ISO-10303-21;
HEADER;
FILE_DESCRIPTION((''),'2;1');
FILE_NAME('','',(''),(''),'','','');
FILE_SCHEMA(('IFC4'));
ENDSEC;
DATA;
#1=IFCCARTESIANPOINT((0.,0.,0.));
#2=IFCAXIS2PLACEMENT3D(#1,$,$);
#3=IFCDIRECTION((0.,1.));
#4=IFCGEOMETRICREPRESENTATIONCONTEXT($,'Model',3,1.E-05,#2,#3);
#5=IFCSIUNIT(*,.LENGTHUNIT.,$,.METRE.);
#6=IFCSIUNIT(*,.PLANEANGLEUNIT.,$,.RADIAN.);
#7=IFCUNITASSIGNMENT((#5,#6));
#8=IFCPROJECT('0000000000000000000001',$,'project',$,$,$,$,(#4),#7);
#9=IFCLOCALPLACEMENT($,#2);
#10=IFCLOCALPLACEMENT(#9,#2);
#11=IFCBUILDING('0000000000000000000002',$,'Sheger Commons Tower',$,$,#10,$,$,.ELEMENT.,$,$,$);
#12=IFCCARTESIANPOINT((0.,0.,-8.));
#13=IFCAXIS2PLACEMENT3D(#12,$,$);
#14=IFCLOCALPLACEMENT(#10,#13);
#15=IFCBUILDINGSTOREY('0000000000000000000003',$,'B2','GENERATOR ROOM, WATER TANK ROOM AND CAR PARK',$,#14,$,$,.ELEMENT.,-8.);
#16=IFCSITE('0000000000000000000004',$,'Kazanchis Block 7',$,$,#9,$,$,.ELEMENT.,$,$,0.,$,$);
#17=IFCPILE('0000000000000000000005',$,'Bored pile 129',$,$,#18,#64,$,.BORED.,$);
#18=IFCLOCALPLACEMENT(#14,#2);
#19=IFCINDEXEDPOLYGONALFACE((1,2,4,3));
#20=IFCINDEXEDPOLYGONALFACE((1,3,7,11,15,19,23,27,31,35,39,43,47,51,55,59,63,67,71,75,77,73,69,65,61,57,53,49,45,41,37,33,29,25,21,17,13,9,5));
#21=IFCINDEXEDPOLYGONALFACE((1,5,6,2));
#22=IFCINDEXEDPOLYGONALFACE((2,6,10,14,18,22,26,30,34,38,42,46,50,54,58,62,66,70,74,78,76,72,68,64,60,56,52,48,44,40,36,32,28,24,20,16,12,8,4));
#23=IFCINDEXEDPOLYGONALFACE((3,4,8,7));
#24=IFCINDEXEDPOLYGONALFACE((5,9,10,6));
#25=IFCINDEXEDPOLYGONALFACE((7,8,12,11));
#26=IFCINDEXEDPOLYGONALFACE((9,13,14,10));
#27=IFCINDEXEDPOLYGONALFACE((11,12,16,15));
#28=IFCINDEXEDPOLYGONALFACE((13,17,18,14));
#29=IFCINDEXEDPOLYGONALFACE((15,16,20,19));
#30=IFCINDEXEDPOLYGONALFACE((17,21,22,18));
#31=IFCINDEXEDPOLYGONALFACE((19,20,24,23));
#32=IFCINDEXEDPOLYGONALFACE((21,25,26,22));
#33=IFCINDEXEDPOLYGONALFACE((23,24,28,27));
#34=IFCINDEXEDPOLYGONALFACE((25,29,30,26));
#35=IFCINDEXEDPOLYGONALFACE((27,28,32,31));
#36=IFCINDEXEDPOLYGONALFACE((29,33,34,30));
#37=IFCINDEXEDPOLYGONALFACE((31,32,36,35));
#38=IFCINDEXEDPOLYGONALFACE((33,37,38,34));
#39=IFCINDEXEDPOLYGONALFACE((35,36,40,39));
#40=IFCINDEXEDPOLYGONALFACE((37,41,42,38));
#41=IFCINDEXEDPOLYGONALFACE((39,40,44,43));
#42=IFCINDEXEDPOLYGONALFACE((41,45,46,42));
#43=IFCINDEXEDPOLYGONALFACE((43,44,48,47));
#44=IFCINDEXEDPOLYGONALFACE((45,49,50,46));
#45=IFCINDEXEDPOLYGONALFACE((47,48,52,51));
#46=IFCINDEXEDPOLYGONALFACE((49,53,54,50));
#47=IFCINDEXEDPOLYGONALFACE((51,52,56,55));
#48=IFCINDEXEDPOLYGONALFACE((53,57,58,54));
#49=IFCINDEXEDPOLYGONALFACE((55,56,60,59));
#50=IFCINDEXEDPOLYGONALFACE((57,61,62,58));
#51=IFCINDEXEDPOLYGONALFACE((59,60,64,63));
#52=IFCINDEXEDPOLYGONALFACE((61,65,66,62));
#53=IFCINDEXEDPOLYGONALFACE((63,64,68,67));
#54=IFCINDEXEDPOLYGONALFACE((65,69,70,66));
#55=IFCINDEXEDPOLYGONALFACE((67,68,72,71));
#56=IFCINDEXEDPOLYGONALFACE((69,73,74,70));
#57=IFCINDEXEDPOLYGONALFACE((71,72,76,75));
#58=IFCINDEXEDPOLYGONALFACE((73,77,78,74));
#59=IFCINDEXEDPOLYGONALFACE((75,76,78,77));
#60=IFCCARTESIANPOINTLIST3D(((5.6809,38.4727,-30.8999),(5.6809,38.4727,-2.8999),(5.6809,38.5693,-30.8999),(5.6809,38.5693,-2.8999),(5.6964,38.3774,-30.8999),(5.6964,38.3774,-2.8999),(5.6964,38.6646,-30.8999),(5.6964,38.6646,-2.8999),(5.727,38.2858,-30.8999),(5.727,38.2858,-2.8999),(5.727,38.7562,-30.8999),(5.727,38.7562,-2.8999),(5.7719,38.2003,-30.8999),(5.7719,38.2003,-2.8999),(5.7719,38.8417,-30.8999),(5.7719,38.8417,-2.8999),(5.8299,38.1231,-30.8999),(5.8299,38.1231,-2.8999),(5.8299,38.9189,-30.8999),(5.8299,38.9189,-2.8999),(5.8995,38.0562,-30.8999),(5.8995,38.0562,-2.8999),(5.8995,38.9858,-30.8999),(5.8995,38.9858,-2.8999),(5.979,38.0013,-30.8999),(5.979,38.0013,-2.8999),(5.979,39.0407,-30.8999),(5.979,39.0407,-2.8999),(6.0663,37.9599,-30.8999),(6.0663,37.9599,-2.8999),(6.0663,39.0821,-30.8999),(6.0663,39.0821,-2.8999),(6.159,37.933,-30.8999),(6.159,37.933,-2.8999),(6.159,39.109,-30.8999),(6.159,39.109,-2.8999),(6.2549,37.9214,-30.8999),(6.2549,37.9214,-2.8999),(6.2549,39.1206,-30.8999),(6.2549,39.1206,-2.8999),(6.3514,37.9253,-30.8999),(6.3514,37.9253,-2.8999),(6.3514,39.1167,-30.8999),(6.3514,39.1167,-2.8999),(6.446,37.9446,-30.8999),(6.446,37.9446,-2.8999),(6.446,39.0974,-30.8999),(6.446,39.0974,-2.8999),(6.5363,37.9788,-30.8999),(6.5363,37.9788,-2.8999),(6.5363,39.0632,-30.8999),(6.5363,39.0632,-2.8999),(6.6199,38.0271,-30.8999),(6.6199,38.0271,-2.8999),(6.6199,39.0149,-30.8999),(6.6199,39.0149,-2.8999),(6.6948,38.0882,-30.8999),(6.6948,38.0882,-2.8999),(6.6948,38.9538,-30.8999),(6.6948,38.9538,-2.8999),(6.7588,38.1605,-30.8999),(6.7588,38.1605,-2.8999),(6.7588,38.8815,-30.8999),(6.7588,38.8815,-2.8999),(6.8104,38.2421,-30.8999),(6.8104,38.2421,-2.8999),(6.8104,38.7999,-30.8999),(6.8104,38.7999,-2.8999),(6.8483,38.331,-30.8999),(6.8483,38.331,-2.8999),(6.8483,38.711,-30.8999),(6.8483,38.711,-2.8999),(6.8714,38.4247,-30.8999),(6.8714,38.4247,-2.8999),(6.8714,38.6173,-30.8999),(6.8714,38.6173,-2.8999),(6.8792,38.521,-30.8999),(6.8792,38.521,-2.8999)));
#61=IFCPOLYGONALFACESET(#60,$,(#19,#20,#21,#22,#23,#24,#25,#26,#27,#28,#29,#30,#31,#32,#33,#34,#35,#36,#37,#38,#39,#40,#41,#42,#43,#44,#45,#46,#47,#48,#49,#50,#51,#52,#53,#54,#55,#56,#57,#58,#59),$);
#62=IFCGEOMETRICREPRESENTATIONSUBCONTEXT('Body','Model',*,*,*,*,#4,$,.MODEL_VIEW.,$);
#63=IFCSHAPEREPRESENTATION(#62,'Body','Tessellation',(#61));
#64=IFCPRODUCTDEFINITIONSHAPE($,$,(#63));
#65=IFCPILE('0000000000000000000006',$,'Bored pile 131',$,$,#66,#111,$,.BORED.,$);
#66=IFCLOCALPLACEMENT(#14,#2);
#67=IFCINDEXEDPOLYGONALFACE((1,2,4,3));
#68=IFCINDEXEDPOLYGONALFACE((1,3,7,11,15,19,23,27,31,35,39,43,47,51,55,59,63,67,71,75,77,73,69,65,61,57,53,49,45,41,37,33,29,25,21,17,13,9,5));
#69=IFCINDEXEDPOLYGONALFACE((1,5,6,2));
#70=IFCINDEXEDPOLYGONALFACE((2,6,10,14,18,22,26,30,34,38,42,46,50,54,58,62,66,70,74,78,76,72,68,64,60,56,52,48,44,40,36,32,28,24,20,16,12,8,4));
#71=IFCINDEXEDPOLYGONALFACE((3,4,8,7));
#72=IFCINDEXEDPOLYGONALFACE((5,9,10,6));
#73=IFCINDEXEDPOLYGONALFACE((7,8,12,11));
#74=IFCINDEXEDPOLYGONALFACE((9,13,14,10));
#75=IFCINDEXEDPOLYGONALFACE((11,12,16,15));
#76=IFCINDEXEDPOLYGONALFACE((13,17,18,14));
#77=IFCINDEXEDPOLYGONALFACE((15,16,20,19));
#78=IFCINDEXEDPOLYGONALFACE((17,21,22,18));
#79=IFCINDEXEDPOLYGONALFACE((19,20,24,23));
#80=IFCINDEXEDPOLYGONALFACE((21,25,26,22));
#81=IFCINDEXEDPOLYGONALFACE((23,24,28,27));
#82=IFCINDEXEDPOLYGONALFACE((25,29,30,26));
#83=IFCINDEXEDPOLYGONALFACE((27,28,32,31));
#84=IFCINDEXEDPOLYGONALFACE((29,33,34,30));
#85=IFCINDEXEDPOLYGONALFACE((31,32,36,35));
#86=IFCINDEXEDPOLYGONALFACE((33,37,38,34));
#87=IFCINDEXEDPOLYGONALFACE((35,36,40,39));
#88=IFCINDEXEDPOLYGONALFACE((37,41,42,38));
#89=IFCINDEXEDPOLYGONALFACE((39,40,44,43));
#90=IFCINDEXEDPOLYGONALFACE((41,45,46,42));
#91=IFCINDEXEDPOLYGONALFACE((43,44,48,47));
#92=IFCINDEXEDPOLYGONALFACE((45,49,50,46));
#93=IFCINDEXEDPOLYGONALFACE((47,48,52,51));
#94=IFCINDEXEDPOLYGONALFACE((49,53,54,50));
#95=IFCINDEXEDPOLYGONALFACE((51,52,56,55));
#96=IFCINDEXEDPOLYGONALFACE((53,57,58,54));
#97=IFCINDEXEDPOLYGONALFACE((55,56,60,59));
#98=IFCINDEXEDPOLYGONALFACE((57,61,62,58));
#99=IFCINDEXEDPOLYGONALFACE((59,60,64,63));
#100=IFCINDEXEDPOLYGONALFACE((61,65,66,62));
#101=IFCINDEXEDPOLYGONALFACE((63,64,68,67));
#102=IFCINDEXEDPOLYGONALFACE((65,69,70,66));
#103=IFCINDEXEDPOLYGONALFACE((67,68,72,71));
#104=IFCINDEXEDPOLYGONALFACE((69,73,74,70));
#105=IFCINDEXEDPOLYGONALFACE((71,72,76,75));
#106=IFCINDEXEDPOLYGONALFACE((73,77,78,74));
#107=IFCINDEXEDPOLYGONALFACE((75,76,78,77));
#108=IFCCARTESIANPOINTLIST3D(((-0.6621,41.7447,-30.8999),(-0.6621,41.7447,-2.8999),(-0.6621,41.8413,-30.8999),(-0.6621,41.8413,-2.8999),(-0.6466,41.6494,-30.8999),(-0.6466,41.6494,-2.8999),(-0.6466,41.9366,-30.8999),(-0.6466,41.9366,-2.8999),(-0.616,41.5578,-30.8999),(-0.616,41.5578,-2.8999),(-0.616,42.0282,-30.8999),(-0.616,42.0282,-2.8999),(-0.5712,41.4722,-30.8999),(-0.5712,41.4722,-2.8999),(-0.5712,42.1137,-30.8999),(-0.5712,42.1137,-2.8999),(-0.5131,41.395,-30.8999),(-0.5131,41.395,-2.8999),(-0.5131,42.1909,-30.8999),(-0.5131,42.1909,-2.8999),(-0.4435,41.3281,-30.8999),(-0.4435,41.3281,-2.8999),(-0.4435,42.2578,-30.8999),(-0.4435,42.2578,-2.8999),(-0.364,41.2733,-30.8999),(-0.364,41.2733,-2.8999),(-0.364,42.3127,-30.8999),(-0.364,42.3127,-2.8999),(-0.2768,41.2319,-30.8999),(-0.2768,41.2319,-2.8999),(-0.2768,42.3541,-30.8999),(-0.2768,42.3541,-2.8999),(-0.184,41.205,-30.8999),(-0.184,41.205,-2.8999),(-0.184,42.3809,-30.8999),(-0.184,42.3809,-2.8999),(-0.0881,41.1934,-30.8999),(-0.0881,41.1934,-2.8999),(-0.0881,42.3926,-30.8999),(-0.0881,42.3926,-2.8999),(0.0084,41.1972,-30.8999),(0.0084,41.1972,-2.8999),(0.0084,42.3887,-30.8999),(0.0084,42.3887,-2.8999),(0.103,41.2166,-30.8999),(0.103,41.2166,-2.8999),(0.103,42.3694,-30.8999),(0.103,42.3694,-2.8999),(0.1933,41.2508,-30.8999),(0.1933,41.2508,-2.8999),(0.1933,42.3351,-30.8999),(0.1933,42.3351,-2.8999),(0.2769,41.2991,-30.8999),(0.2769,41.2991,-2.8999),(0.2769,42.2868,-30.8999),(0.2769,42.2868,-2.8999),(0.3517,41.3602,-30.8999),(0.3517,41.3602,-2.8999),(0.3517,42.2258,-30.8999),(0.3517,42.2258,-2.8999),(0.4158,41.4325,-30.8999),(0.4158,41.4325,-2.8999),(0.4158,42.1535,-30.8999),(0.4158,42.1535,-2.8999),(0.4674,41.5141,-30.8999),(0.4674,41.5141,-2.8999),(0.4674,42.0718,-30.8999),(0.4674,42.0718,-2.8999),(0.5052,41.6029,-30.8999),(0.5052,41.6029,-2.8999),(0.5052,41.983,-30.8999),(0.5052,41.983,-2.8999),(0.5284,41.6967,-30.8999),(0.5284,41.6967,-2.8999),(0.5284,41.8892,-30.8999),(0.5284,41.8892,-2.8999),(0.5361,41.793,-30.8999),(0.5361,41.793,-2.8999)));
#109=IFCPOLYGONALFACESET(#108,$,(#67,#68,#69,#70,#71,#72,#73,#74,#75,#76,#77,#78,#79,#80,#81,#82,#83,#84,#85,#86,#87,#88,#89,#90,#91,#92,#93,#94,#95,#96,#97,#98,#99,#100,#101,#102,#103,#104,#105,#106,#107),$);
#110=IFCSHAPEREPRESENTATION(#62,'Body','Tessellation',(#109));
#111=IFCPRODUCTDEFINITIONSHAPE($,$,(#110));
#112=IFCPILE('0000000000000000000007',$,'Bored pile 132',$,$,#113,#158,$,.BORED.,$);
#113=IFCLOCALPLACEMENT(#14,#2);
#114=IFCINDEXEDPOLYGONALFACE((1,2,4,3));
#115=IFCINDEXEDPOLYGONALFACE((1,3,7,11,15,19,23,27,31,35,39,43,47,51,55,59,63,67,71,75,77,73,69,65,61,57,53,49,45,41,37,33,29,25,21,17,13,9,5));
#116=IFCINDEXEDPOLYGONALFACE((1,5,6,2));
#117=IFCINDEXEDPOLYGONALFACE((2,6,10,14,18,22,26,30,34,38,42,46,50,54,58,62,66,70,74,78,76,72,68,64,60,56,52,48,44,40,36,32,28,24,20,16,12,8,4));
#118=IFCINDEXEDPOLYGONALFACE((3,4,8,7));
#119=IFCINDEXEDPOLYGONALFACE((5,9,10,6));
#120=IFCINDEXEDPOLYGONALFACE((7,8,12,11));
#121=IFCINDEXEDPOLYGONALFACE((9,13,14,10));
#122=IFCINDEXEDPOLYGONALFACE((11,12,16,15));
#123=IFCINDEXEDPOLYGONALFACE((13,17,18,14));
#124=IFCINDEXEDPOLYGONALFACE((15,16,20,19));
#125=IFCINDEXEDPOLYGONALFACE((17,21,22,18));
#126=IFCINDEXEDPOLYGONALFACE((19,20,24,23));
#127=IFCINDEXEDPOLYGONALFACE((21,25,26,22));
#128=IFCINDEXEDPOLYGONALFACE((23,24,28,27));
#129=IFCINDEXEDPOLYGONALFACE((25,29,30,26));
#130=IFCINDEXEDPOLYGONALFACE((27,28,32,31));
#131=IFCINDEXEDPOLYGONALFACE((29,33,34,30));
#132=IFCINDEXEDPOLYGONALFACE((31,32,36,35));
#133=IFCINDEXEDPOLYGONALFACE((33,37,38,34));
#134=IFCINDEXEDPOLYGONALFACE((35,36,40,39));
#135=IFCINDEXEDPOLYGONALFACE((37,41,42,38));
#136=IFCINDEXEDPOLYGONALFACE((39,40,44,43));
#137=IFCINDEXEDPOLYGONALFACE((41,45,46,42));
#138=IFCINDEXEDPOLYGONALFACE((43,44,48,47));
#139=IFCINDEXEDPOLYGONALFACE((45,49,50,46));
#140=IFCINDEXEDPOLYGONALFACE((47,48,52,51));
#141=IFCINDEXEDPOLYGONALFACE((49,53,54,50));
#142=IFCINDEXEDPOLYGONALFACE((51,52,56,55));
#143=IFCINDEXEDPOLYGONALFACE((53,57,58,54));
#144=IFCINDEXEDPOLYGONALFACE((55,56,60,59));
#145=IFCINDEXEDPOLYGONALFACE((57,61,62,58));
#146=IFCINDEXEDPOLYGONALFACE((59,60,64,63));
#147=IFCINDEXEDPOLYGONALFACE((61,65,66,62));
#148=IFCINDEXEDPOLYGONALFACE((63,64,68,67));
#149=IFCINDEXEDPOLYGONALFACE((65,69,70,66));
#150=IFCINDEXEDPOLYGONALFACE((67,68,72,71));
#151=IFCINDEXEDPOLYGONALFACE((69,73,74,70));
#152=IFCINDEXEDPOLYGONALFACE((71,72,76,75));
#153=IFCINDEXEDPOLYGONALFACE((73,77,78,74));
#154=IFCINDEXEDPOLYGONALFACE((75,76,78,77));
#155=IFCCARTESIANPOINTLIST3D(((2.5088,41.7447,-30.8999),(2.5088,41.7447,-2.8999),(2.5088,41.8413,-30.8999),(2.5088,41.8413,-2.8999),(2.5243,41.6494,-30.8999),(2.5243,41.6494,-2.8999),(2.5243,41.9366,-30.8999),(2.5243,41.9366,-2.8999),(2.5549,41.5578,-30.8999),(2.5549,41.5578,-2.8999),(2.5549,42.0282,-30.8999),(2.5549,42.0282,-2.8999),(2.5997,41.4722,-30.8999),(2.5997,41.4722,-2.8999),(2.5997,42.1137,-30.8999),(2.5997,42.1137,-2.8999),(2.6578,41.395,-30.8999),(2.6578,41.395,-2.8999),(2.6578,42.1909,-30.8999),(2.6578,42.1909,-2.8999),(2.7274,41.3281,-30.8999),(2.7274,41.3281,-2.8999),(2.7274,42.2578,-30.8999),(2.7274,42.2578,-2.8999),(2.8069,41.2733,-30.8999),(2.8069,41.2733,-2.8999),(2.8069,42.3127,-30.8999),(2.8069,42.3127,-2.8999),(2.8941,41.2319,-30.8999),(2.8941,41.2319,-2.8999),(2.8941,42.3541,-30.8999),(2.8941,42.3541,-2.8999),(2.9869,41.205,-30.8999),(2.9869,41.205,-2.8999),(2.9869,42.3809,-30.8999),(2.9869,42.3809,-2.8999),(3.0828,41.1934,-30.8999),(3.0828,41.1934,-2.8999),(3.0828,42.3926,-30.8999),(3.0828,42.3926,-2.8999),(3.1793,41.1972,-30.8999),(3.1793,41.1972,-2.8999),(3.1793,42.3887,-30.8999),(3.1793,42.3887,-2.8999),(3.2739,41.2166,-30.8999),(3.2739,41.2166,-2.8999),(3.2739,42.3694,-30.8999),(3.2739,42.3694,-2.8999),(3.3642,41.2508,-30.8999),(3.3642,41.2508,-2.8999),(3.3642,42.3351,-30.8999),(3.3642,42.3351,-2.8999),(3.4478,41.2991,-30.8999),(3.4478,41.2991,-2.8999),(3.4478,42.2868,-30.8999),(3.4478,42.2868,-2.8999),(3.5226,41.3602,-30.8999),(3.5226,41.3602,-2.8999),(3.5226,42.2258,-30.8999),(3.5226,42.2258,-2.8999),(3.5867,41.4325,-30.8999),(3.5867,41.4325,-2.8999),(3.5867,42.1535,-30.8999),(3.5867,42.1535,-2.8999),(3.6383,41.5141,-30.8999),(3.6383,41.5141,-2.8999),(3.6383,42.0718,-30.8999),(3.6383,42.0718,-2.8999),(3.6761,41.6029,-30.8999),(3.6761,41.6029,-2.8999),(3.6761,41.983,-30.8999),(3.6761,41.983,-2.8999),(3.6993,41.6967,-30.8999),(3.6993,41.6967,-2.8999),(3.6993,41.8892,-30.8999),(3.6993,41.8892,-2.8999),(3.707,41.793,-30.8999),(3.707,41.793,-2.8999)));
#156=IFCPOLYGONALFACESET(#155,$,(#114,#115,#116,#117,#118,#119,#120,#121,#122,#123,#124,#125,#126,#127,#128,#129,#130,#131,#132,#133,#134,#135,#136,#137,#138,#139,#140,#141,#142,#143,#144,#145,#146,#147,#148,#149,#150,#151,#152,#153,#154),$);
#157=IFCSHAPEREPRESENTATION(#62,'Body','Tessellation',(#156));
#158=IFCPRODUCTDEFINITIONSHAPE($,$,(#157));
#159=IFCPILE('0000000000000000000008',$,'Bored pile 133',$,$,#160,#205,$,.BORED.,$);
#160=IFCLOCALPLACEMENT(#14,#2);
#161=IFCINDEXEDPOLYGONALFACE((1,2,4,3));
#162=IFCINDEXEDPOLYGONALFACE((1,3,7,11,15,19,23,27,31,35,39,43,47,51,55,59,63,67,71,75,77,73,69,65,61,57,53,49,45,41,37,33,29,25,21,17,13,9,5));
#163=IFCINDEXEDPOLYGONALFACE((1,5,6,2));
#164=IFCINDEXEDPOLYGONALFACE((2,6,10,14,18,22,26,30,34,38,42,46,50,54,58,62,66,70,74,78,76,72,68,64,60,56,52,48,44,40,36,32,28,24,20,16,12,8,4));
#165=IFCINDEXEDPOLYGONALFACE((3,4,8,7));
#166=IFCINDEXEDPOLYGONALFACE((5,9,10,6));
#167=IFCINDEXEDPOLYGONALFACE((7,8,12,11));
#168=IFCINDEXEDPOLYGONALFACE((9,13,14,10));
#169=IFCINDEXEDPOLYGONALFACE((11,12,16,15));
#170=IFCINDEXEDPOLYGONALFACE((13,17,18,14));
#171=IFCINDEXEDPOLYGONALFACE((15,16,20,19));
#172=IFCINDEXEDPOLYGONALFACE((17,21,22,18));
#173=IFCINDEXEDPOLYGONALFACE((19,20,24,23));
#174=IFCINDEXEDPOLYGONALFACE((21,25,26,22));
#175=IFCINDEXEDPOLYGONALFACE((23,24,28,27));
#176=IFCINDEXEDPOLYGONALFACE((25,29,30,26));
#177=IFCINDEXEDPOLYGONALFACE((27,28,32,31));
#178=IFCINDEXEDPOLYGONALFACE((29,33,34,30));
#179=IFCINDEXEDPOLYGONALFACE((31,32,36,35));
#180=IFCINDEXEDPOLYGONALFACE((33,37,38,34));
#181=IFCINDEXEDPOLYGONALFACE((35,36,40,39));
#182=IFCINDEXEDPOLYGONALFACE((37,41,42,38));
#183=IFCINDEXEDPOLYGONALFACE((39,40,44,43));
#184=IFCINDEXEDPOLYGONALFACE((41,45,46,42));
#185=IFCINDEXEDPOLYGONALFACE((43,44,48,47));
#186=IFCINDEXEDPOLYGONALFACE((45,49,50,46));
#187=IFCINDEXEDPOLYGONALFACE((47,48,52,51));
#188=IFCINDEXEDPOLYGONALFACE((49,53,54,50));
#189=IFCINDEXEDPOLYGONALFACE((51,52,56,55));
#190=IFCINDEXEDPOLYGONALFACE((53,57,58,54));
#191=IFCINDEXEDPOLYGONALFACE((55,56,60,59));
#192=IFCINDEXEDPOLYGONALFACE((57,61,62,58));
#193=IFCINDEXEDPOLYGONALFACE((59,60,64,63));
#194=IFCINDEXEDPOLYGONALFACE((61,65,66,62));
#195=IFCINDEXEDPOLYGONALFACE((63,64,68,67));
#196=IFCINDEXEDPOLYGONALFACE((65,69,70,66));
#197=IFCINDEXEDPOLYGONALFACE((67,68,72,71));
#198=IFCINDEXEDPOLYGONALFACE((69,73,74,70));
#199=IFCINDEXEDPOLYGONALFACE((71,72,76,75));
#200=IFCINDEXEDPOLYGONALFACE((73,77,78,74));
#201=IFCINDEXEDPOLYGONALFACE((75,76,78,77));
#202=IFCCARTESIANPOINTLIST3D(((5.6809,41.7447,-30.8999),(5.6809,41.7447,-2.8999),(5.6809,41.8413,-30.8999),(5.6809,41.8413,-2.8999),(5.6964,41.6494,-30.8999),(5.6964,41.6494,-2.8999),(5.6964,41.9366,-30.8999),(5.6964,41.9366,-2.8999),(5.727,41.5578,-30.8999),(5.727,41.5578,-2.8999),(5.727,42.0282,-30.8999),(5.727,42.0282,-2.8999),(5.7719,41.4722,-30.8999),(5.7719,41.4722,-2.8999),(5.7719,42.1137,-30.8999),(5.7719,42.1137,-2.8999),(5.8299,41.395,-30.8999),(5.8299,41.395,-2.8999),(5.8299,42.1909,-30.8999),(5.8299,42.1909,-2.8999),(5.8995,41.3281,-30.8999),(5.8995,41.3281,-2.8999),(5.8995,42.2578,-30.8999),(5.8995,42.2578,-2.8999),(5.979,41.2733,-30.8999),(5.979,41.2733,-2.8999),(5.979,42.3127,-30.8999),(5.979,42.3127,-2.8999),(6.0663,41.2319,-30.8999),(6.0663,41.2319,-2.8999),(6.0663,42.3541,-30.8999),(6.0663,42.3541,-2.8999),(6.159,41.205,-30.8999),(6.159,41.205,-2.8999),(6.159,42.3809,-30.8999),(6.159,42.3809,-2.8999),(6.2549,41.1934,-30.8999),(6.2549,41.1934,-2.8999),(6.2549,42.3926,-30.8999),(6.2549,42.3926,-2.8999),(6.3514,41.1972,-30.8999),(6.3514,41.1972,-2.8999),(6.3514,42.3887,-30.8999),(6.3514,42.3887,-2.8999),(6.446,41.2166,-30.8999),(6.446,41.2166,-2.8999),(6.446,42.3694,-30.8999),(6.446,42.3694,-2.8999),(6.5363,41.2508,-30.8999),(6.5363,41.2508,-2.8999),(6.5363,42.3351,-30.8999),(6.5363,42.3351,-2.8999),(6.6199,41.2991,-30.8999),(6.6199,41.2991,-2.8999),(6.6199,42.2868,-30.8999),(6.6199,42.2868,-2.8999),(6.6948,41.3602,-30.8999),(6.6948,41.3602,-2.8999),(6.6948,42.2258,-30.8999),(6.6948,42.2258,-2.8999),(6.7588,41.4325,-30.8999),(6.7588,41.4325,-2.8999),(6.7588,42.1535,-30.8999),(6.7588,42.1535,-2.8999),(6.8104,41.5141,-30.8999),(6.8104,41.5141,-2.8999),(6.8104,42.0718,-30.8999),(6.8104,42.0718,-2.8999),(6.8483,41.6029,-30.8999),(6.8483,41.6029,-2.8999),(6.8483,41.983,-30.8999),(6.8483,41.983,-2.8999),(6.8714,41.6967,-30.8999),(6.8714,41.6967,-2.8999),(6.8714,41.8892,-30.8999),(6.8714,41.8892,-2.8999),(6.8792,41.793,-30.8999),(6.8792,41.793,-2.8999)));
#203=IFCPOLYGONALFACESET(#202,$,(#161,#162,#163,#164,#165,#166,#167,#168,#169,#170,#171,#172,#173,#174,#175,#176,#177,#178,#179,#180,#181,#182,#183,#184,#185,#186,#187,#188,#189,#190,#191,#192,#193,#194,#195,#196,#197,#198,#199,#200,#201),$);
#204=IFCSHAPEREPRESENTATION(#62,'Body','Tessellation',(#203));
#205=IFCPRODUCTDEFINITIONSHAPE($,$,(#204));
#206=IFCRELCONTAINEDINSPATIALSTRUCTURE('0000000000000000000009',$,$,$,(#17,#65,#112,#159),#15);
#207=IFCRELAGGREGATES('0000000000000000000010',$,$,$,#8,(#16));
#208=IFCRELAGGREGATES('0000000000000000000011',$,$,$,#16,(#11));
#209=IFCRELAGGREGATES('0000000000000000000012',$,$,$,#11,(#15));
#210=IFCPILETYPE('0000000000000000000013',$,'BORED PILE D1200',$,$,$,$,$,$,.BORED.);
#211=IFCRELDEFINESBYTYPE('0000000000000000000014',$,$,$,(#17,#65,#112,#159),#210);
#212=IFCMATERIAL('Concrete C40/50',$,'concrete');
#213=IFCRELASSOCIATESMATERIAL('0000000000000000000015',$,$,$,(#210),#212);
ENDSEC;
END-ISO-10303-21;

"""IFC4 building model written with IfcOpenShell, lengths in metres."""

from ifc_helpers import new_model, si_unit, direction, frame, origin, origin_2d, place, context, subcontext, project, spatial, circle, extrude, material, material_profile, profile_set, type_object, element, save


model = new_model("IFC4")

# Units and contexts
model_context = context("Model", 3, precision=1e-05, world=origin(), true_north=direction((0.0, 1.0)))
body_context = subcontext(model_context, "Body", "Model", "MODEL_VIEW")
ifc_project = project(units=[si_unit("LENGTHUNIT", "METRE"), si_unit("PLANEANGLEUNIT", "RADIAN")], contexts=[model_context])

# Site, building, storey
site_placement = place(None, origin())
site = spatial("IfcSite", under=ifc_project, at=site_placement, Name="Kazanchis Block 7", CompositionType="ELEMENT", RefElevation=0.0)
building_placement = place(site_placement, origin())
building = spatial("IfcBuilding", under=site, at=building_placement, Name="Sheger Commons Tower", CompositionType="ELEMENT")
storey_placement = place(building_placement, frame((0.0, 0.0, -8.0)))
storey = spatial("IfcBuildingStorey", under=building, at=storey_placement, Name="B2", Description="GENERATOR ROOM, WATER TANK ROOM AND CAR PARK", CompositionType="ELEMENT", Elevation=-8.0)

# Piles
ifc_material_1 = material(Name="Concrete C40/50", Category="concrete")
ifc_material_profile_1 = material_profile(ifc_material_1, circle(Radius=0.6001, at=origin_2d()), Name="PILE D1200")
ifc_profile_set_1 = profile_set([ifc_material_profile_1], Name="Concrete C40/50")
pile_type = type_object("IfcPileType", Name="BORED PILE D1200", PredefinedType="BORED", material=ifc_profile_set_1)
for number, where, z_axis, x_axis, name in (
    (1, (6.2791, 38.521, -2.8999), (0.0, 0.0, -1.0), (1.0, 0.0, 0.0), "Bored pile 129"),
    (2, (-0.064, 41.793, -2.8999), (0.0, 0.0, -1.0), (1.0, 0.0, 0.0), "Bored pile 131"),
    (3, (3.1069, 41.793, -2.8999), (0.0, 0.0, -1.0), (1.0, 0.0, 0.0), "Bored pile 132"),
    (4, (6.2791, 41.793, -2.8999), (0.0, 0.0, -1.0), (1.0, 0.0, 0.0), "Bored pile 133"),
):
    element("IfcPile", number, at=place(storey_placement, frame(where, z_axis=z_axis, x_axis=x_axis)), inside=storey, type_object=pile_type, Name=name, PredefinedType="BORED", context=body_context, shape_type="SweptSolid", body=[
        extrude(circle(Radius=0.6001, at=origin_2d()), origin(), (0.0, 0.0, 1.0), 28.0),
    ])

save(model, "model.ifc")
